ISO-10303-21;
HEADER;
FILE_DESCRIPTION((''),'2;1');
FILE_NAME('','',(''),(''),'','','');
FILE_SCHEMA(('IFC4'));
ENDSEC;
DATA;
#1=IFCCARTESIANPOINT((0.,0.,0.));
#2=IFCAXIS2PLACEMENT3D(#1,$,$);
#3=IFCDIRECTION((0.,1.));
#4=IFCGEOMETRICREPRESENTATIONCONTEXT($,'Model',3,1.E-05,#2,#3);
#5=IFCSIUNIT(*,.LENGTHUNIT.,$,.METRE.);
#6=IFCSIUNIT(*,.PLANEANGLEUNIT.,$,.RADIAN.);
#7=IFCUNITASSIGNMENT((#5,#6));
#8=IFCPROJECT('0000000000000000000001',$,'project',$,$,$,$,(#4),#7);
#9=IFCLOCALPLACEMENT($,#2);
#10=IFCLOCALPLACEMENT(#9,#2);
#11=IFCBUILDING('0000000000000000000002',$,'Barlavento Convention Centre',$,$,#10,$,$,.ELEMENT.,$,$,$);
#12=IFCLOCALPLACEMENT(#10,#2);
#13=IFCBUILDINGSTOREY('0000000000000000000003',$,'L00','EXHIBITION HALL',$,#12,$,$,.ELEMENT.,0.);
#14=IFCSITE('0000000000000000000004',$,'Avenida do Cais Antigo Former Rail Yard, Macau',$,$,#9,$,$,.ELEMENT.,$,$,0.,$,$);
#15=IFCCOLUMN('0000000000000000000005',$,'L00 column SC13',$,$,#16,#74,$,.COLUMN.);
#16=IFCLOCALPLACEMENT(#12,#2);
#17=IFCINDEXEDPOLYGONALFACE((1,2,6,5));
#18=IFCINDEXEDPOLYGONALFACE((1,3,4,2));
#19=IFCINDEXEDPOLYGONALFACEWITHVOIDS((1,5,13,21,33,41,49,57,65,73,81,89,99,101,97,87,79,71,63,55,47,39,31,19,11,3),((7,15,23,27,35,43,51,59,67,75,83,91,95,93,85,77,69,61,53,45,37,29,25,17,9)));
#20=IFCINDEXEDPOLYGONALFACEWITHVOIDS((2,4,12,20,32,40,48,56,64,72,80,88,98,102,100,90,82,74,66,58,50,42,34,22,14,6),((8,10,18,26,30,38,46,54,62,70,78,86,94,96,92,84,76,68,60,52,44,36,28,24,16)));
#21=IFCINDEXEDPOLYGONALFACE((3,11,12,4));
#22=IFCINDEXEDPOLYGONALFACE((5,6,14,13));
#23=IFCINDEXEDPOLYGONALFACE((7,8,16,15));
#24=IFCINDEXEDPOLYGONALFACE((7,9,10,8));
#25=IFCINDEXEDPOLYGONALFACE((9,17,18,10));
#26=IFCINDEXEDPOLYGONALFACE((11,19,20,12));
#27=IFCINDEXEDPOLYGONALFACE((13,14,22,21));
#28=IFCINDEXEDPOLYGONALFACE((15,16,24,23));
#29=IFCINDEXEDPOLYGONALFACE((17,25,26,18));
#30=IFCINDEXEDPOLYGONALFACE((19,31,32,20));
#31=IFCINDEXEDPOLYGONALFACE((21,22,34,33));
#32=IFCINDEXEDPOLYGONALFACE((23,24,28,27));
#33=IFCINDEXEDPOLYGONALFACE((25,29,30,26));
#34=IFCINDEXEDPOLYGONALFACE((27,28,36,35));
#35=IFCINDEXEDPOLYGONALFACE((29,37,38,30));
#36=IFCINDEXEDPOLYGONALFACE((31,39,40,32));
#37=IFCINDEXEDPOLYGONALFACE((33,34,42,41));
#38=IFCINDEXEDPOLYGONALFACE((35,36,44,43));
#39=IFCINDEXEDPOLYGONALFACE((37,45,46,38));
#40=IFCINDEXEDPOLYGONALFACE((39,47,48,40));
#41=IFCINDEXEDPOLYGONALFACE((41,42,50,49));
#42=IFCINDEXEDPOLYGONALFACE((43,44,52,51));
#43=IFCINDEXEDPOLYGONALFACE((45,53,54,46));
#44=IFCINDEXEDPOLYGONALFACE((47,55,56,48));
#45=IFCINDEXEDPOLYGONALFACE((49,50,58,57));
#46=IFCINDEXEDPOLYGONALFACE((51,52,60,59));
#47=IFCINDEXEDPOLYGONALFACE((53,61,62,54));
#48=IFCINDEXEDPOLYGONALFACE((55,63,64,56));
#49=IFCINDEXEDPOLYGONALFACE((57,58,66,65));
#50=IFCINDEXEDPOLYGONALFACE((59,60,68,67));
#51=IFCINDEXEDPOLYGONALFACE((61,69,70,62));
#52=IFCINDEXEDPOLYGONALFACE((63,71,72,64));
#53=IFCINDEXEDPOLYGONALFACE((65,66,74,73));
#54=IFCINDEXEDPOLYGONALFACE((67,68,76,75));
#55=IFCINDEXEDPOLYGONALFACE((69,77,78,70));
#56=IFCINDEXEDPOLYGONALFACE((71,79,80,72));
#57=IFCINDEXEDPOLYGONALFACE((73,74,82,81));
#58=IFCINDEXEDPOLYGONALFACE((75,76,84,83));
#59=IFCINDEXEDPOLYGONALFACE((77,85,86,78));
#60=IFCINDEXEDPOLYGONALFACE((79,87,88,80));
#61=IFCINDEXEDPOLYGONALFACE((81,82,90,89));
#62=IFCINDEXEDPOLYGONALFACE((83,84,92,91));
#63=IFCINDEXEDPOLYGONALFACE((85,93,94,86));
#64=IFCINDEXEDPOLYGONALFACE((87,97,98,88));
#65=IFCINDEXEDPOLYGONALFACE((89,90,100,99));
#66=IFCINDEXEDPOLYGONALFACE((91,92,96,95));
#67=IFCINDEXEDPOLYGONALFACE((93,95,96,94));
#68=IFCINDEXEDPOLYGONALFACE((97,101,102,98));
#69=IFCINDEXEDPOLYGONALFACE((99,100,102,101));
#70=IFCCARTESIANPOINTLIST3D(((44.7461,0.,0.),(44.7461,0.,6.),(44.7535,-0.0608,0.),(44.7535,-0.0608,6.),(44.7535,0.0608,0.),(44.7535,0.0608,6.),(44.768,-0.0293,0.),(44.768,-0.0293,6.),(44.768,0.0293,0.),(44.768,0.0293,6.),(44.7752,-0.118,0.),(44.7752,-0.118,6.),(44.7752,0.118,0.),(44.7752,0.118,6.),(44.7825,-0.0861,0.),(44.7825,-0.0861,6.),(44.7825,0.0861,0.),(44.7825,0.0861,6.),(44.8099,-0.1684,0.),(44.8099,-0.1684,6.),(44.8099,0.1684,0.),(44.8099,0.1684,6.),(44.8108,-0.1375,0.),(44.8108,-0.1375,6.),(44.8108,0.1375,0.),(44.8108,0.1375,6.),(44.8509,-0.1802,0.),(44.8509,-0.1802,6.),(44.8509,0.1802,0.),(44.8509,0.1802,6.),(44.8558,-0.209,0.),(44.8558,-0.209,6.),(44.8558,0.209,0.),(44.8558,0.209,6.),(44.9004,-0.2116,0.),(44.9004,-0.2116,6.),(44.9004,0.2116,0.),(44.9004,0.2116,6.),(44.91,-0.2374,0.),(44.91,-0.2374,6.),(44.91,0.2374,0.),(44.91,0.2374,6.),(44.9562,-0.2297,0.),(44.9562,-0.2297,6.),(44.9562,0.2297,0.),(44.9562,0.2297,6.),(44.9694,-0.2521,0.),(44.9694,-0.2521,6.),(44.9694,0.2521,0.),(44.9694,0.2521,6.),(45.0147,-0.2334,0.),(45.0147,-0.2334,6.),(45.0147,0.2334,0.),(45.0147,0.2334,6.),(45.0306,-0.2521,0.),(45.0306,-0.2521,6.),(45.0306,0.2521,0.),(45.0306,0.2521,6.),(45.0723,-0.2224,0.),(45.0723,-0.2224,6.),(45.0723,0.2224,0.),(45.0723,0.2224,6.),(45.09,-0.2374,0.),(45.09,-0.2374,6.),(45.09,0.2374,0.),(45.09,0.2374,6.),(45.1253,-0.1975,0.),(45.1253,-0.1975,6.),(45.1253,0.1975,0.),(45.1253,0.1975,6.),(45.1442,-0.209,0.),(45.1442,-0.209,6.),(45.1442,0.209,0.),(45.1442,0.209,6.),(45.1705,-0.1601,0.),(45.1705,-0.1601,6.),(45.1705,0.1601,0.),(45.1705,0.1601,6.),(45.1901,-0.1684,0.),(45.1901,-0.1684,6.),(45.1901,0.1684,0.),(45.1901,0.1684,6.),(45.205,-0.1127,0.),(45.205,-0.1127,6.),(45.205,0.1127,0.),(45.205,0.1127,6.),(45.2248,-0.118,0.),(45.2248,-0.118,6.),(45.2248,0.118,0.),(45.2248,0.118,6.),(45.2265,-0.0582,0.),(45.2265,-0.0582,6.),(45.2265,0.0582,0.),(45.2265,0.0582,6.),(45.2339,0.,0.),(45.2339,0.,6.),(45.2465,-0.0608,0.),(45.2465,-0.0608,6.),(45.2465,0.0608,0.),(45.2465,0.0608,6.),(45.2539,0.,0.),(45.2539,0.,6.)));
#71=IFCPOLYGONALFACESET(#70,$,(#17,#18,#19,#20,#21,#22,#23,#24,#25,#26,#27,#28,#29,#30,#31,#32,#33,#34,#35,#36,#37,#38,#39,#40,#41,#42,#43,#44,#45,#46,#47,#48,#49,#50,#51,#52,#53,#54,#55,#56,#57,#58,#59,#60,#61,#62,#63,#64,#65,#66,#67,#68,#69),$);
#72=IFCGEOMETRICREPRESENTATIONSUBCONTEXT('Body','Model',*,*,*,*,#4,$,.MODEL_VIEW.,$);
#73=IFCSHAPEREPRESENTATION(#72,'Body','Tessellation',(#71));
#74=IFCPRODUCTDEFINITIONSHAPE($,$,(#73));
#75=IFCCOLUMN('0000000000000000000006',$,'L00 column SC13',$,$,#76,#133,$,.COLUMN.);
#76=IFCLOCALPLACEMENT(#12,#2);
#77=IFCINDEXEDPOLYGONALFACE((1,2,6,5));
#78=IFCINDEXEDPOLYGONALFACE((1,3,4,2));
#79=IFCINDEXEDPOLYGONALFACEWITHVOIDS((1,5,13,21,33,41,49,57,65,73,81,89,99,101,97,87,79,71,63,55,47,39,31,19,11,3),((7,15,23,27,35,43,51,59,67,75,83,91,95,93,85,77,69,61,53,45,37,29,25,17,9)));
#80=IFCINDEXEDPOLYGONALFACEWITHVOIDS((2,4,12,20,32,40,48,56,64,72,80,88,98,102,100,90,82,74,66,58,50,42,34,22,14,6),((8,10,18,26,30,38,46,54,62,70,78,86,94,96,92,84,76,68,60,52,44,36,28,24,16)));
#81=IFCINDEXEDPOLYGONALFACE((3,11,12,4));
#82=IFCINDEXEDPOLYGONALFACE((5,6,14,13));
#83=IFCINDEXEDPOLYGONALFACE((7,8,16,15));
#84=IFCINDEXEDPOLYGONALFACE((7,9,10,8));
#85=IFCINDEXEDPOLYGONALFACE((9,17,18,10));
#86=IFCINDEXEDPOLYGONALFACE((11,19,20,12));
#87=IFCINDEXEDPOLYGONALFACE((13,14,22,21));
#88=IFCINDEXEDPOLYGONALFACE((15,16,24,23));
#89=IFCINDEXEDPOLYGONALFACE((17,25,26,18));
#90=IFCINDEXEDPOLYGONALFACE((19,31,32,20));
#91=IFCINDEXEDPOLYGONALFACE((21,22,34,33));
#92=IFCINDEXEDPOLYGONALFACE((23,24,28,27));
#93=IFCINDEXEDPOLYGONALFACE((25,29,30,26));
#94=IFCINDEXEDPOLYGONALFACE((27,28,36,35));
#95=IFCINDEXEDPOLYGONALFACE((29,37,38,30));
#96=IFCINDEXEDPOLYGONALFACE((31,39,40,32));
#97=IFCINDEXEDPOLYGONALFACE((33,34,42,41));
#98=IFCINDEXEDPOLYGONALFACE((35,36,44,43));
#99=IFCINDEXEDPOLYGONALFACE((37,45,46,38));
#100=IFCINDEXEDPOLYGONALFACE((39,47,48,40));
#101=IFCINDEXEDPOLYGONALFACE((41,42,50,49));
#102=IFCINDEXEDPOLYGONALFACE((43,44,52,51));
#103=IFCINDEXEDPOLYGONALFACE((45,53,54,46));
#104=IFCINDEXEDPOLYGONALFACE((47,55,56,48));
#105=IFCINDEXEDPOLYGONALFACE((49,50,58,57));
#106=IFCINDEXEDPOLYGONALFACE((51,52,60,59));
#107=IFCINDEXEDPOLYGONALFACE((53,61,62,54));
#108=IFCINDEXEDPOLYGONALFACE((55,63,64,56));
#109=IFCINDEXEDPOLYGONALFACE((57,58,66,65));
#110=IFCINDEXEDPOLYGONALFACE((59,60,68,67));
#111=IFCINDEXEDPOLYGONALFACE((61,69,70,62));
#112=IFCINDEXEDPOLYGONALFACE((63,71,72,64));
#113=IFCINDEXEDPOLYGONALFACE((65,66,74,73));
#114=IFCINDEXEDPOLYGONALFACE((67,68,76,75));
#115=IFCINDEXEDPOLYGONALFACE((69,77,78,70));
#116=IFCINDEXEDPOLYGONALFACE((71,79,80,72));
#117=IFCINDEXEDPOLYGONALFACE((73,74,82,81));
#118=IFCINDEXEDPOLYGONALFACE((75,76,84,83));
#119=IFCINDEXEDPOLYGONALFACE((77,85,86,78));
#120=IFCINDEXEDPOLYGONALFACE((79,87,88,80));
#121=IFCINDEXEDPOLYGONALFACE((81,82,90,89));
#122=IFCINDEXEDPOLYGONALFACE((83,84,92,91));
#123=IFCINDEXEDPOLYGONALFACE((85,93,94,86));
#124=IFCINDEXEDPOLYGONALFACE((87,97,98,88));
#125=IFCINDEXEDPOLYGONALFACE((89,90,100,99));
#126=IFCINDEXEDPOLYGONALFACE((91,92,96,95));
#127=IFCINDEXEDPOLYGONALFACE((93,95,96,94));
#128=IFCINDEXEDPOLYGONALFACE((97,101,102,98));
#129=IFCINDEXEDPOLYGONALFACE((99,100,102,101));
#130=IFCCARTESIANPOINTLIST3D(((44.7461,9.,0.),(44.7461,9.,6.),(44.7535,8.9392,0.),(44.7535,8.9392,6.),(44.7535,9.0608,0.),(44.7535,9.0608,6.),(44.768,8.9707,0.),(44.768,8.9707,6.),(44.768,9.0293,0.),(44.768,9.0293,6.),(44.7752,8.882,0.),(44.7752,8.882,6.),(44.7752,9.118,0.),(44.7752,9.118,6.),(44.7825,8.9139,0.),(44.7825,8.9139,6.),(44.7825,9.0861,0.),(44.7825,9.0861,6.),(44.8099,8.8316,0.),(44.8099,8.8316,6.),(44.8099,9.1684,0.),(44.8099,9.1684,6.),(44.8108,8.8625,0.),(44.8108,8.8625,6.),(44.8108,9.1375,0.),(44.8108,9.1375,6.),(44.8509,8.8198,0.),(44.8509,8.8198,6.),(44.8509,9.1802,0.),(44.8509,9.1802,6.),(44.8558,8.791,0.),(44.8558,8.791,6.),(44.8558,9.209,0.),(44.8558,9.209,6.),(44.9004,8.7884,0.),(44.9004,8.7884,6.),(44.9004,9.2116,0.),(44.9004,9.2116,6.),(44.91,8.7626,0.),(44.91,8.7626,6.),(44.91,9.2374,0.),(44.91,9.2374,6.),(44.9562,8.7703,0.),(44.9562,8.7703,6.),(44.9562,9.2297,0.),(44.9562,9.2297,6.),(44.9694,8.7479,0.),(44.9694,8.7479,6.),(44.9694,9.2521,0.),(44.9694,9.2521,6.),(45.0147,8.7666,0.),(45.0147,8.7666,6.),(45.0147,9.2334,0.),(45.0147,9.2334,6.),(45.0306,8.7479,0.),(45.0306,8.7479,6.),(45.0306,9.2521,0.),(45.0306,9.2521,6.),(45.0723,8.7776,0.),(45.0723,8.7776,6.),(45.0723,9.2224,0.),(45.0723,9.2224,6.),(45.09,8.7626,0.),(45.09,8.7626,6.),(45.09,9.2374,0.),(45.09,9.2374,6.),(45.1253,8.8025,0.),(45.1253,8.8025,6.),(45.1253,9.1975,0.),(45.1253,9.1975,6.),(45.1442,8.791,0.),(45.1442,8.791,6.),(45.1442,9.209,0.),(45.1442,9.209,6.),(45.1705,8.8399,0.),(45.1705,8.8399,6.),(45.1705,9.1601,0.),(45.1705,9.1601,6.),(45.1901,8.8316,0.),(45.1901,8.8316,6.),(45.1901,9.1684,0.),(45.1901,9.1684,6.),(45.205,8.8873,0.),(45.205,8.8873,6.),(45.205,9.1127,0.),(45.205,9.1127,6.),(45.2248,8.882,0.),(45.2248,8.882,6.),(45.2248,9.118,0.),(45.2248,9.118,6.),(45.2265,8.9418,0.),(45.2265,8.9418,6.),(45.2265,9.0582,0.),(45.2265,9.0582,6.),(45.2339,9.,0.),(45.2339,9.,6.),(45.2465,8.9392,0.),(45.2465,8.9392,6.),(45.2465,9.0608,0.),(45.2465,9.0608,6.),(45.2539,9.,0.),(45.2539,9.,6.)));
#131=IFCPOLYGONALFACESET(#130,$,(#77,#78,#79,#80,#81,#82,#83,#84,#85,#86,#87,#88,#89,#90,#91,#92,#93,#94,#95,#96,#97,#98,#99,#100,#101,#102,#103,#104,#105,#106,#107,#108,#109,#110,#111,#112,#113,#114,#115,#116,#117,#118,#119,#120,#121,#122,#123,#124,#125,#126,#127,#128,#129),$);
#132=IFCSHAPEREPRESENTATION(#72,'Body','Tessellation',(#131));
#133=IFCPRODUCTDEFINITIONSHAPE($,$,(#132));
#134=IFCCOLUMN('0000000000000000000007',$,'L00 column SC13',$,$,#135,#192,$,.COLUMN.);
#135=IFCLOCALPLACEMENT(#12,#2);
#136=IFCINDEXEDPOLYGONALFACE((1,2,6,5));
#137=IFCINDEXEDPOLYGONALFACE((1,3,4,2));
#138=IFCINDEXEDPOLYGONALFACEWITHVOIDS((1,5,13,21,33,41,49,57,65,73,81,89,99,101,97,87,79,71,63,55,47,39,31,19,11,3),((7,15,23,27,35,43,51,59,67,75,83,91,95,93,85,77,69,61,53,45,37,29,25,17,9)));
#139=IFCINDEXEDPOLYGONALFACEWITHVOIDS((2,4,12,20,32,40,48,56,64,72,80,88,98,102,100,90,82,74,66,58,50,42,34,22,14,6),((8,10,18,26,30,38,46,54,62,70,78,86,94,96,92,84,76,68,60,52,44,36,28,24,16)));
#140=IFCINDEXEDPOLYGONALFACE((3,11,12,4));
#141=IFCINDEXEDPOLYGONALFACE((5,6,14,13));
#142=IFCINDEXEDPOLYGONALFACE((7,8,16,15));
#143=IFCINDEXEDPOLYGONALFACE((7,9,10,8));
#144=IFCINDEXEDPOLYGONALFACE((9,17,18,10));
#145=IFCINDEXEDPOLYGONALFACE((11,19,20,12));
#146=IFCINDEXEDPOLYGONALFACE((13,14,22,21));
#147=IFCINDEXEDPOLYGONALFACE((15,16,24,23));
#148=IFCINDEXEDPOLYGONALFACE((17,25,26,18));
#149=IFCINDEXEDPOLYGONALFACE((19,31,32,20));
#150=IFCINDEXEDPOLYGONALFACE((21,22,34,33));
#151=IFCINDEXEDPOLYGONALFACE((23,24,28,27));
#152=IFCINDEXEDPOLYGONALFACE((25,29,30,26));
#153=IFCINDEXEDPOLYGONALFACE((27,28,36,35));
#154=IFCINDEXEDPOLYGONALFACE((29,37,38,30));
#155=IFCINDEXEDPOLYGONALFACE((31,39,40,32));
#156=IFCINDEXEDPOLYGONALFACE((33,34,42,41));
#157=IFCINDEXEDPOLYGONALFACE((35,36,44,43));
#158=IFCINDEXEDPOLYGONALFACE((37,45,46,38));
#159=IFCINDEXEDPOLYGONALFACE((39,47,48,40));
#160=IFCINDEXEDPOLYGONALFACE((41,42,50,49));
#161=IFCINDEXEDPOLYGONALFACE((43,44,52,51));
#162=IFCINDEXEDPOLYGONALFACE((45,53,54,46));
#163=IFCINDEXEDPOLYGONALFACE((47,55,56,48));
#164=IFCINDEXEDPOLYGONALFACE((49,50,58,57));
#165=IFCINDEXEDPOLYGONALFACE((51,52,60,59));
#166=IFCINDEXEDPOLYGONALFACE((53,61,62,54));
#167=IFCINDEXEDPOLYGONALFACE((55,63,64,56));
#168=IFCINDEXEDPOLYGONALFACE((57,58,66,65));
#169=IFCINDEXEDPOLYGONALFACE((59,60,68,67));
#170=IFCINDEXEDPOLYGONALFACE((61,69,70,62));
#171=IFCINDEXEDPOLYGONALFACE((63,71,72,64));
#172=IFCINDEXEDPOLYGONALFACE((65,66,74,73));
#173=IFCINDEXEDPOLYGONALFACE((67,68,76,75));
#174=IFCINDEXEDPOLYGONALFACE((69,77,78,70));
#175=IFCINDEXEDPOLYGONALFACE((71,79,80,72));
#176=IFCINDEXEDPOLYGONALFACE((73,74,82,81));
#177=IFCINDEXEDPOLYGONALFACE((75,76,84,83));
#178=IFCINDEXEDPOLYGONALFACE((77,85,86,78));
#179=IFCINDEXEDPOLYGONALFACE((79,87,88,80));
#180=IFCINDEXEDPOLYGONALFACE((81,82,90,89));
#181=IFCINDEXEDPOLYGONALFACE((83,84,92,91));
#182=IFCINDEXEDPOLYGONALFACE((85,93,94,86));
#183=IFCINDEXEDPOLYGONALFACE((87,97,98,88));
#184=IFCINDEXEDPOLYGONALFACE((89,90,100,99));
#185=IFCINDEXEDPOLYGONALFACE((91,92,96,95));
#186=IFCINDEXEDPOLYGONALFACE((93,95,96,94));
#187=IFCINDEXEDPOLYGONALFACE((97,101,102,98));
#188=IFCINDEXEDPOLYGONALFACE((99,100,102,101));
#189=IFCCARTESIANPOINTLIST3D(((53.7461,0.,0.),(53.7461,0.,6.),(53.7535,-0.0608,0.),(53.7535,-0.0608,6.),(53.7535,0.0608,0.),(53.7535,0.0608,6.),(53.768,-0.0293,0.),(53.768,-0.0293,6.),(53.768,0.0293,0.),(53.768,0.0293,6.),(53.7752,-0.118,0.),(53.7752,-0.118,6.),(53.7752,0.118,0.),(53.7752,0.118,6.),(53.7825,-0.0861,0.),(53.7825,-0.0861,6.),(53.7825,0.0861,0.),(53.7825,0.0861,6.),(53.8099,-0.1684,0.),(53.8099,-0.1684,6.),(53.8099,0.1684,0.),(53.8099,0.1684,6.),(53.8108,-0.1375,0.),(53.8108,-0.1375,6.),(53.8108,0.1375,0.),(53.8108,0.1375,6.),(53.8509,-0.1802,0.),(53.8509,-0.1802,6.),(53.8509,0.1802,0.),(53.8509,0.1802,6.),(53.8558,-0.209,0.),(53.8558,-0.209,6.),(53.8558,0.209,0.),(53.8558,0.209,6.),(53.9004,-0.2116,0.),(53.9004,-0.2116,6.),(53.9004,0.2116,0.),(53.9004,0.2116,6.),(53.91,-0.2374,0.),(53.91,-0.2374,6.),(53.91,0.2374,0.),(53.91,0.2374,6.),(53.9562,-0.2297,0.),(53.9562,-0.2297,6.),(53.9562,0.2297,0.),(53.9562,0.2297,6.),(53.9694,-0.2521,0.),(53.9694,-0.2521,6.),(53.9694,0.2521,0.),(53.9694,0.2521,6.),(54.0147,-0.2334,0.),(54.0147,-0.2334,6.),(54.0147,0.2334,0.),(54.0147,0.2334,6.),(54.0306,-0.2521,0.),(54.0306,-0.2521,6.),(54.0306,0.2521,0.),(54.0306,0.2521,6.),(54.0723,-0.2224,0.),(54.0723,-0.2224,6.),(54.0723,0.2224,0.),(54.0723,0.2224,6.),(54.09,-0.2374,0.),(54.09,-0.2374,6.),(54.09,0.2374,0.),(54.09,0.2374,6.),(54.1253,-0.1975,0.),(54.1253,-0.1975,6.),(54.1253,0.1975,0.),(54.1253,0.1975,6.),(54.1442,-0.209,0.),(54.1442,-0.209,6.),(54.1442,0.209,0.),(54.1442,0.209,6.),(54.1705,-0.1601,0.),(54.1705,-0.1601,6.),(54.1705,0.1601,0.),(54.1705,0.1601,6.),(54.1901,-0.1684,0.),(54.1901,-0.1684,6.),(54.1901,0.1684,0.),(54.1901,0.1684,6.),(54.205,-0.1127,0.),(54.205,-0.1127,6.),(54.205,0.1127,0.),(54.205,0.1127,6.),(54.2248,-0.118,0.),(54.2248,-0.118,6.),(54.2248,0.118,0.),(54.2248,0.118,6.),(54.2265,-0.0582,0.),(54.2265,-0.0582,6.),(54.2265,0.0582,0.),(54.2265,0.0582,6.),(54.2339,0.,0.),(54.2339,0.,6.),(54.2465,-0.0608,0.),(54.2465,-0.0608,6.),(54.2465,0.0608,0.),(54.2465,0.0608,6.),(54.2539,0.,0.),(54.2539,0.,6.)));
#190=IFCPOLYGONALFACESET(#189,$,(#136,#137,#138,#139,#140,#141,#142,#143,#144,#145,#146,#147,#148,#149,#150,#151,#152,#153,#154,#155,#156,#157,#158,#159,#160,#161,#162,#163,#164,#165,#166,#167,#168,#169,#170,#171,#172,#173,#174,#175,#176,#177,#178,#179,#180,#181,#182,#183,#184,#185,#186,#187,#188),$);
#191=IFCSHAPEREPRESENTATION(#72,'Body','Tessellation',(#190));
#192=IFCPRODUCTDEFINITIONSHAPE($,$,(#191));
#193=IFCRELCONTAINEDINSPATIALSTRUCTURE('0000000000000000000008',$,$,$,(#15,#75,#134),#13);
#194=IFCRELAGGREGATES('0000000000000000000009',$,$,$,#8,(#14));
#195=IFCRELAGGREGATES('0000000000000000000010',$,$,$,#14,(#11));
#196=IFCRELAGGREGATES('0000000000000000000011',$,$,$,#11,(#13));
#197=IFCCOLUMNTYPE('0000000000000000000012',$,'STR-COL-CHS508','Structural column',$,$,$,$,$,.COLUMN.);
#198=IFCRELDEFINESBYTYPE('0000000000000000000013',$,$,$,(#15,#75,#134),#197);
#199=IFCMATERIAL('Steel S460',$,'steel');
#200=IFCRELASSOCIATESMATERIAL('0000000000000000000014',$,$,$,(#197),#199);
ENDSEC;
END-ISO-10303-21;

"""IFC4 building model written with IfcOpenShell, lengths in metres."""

from ifc_helpers import new_model, si_unit, direction, frame, origin, origin_2d, place, context, subcontext, project, spatial, hollow_circle, extrude, material, material_profile, profile_set, type_object, element, save


model = new_model("IFC4")

# Units and contexts
model_context = context("Model", 3, precision=1e-05, world=origin(), true_north=direction((0.0, 1.0)))
body_context = subcontext(model_context, "Body", "Model", "MODEL_VIEW")
ifc_project = project(units=[si_unit("LENGTHUNIT", "METRE"), si_unit("PLANEANGLEUNIT", "RADIAN")], contexts=[model_context])

# Site, building, storey
site_placement = place(None, origin())
site = spatial("IfcSite", under=ifc_project, at=site_placement, Name="Avenida do Cais Antigo Former Rail Yard, Macau", CompositionType="ELEMENT", RefElevation=0.0)
building_placement = place(site_placement, origin())
building = spatial("IfcBuilding", under=site, at=building_placement, Name="Barlavento Convention Centre", CompositionType="ELEMENT")
storey_placement = place(building_placement, origin())
storey = spatial("IfcBuildingStorey", under=building, at=storey_placement, Name="L00", Description="EXHIBITION HALL", CompositionType="ELEMENT", Elevation=0.0)

# Columns
ifc_material_1 = material(Name="Steel S460", Category="steel")
ifc_material_profile_1 = material_profile(ifc_material_1, hollow_circle(Radius=0.2539, WallThickness=0.02, at=origin_2d()), Name="CHS 508.0x20.0")
ifc_profile_set_1 = profile_set([ifc_material_profile_1], Name="Steel S460")
column_type = type_object("IfcColumnType", Name="STR-COL-CHS508", Description="Structural column", PredefinedType="COLUMN", material=ifc_profile_set_1)
for number, where, z_axis, x_axis, name in (
    (1, (45.0, 0.0, 0.0), (0.0, 0.0, 1.0), (1.0, 0.0, 0.0), "L00 column SC13"),
    (2, (45.0, 9.0, 0.0), (0.0, 0.0, 1.0), (1.0, 0.0, 0.0), "L00 column SC13"),
    (3, (54.0, 0.0, 0.0), (0.0, 0.0, 1.0), (1.0, 0.0, 0.0), "L00 column SC13"),
):
    element("IfcColumn", number, at=place(storey_placement, frame(where, z_axis=z_axis, x_axis=x_axis)), inside=storey, type_object=column_type, Name=name, PredefinedType="COLUMN", context=body_context, shape_type="SweptSolid", body=[
        extrude(hollow_circle(Radius=0.2539, WallThickness=0.02, at=origin_2d()), origin(), (0.0, 0.0, 1.0), 6.0),
    ])

save(model, "model.ifc")
